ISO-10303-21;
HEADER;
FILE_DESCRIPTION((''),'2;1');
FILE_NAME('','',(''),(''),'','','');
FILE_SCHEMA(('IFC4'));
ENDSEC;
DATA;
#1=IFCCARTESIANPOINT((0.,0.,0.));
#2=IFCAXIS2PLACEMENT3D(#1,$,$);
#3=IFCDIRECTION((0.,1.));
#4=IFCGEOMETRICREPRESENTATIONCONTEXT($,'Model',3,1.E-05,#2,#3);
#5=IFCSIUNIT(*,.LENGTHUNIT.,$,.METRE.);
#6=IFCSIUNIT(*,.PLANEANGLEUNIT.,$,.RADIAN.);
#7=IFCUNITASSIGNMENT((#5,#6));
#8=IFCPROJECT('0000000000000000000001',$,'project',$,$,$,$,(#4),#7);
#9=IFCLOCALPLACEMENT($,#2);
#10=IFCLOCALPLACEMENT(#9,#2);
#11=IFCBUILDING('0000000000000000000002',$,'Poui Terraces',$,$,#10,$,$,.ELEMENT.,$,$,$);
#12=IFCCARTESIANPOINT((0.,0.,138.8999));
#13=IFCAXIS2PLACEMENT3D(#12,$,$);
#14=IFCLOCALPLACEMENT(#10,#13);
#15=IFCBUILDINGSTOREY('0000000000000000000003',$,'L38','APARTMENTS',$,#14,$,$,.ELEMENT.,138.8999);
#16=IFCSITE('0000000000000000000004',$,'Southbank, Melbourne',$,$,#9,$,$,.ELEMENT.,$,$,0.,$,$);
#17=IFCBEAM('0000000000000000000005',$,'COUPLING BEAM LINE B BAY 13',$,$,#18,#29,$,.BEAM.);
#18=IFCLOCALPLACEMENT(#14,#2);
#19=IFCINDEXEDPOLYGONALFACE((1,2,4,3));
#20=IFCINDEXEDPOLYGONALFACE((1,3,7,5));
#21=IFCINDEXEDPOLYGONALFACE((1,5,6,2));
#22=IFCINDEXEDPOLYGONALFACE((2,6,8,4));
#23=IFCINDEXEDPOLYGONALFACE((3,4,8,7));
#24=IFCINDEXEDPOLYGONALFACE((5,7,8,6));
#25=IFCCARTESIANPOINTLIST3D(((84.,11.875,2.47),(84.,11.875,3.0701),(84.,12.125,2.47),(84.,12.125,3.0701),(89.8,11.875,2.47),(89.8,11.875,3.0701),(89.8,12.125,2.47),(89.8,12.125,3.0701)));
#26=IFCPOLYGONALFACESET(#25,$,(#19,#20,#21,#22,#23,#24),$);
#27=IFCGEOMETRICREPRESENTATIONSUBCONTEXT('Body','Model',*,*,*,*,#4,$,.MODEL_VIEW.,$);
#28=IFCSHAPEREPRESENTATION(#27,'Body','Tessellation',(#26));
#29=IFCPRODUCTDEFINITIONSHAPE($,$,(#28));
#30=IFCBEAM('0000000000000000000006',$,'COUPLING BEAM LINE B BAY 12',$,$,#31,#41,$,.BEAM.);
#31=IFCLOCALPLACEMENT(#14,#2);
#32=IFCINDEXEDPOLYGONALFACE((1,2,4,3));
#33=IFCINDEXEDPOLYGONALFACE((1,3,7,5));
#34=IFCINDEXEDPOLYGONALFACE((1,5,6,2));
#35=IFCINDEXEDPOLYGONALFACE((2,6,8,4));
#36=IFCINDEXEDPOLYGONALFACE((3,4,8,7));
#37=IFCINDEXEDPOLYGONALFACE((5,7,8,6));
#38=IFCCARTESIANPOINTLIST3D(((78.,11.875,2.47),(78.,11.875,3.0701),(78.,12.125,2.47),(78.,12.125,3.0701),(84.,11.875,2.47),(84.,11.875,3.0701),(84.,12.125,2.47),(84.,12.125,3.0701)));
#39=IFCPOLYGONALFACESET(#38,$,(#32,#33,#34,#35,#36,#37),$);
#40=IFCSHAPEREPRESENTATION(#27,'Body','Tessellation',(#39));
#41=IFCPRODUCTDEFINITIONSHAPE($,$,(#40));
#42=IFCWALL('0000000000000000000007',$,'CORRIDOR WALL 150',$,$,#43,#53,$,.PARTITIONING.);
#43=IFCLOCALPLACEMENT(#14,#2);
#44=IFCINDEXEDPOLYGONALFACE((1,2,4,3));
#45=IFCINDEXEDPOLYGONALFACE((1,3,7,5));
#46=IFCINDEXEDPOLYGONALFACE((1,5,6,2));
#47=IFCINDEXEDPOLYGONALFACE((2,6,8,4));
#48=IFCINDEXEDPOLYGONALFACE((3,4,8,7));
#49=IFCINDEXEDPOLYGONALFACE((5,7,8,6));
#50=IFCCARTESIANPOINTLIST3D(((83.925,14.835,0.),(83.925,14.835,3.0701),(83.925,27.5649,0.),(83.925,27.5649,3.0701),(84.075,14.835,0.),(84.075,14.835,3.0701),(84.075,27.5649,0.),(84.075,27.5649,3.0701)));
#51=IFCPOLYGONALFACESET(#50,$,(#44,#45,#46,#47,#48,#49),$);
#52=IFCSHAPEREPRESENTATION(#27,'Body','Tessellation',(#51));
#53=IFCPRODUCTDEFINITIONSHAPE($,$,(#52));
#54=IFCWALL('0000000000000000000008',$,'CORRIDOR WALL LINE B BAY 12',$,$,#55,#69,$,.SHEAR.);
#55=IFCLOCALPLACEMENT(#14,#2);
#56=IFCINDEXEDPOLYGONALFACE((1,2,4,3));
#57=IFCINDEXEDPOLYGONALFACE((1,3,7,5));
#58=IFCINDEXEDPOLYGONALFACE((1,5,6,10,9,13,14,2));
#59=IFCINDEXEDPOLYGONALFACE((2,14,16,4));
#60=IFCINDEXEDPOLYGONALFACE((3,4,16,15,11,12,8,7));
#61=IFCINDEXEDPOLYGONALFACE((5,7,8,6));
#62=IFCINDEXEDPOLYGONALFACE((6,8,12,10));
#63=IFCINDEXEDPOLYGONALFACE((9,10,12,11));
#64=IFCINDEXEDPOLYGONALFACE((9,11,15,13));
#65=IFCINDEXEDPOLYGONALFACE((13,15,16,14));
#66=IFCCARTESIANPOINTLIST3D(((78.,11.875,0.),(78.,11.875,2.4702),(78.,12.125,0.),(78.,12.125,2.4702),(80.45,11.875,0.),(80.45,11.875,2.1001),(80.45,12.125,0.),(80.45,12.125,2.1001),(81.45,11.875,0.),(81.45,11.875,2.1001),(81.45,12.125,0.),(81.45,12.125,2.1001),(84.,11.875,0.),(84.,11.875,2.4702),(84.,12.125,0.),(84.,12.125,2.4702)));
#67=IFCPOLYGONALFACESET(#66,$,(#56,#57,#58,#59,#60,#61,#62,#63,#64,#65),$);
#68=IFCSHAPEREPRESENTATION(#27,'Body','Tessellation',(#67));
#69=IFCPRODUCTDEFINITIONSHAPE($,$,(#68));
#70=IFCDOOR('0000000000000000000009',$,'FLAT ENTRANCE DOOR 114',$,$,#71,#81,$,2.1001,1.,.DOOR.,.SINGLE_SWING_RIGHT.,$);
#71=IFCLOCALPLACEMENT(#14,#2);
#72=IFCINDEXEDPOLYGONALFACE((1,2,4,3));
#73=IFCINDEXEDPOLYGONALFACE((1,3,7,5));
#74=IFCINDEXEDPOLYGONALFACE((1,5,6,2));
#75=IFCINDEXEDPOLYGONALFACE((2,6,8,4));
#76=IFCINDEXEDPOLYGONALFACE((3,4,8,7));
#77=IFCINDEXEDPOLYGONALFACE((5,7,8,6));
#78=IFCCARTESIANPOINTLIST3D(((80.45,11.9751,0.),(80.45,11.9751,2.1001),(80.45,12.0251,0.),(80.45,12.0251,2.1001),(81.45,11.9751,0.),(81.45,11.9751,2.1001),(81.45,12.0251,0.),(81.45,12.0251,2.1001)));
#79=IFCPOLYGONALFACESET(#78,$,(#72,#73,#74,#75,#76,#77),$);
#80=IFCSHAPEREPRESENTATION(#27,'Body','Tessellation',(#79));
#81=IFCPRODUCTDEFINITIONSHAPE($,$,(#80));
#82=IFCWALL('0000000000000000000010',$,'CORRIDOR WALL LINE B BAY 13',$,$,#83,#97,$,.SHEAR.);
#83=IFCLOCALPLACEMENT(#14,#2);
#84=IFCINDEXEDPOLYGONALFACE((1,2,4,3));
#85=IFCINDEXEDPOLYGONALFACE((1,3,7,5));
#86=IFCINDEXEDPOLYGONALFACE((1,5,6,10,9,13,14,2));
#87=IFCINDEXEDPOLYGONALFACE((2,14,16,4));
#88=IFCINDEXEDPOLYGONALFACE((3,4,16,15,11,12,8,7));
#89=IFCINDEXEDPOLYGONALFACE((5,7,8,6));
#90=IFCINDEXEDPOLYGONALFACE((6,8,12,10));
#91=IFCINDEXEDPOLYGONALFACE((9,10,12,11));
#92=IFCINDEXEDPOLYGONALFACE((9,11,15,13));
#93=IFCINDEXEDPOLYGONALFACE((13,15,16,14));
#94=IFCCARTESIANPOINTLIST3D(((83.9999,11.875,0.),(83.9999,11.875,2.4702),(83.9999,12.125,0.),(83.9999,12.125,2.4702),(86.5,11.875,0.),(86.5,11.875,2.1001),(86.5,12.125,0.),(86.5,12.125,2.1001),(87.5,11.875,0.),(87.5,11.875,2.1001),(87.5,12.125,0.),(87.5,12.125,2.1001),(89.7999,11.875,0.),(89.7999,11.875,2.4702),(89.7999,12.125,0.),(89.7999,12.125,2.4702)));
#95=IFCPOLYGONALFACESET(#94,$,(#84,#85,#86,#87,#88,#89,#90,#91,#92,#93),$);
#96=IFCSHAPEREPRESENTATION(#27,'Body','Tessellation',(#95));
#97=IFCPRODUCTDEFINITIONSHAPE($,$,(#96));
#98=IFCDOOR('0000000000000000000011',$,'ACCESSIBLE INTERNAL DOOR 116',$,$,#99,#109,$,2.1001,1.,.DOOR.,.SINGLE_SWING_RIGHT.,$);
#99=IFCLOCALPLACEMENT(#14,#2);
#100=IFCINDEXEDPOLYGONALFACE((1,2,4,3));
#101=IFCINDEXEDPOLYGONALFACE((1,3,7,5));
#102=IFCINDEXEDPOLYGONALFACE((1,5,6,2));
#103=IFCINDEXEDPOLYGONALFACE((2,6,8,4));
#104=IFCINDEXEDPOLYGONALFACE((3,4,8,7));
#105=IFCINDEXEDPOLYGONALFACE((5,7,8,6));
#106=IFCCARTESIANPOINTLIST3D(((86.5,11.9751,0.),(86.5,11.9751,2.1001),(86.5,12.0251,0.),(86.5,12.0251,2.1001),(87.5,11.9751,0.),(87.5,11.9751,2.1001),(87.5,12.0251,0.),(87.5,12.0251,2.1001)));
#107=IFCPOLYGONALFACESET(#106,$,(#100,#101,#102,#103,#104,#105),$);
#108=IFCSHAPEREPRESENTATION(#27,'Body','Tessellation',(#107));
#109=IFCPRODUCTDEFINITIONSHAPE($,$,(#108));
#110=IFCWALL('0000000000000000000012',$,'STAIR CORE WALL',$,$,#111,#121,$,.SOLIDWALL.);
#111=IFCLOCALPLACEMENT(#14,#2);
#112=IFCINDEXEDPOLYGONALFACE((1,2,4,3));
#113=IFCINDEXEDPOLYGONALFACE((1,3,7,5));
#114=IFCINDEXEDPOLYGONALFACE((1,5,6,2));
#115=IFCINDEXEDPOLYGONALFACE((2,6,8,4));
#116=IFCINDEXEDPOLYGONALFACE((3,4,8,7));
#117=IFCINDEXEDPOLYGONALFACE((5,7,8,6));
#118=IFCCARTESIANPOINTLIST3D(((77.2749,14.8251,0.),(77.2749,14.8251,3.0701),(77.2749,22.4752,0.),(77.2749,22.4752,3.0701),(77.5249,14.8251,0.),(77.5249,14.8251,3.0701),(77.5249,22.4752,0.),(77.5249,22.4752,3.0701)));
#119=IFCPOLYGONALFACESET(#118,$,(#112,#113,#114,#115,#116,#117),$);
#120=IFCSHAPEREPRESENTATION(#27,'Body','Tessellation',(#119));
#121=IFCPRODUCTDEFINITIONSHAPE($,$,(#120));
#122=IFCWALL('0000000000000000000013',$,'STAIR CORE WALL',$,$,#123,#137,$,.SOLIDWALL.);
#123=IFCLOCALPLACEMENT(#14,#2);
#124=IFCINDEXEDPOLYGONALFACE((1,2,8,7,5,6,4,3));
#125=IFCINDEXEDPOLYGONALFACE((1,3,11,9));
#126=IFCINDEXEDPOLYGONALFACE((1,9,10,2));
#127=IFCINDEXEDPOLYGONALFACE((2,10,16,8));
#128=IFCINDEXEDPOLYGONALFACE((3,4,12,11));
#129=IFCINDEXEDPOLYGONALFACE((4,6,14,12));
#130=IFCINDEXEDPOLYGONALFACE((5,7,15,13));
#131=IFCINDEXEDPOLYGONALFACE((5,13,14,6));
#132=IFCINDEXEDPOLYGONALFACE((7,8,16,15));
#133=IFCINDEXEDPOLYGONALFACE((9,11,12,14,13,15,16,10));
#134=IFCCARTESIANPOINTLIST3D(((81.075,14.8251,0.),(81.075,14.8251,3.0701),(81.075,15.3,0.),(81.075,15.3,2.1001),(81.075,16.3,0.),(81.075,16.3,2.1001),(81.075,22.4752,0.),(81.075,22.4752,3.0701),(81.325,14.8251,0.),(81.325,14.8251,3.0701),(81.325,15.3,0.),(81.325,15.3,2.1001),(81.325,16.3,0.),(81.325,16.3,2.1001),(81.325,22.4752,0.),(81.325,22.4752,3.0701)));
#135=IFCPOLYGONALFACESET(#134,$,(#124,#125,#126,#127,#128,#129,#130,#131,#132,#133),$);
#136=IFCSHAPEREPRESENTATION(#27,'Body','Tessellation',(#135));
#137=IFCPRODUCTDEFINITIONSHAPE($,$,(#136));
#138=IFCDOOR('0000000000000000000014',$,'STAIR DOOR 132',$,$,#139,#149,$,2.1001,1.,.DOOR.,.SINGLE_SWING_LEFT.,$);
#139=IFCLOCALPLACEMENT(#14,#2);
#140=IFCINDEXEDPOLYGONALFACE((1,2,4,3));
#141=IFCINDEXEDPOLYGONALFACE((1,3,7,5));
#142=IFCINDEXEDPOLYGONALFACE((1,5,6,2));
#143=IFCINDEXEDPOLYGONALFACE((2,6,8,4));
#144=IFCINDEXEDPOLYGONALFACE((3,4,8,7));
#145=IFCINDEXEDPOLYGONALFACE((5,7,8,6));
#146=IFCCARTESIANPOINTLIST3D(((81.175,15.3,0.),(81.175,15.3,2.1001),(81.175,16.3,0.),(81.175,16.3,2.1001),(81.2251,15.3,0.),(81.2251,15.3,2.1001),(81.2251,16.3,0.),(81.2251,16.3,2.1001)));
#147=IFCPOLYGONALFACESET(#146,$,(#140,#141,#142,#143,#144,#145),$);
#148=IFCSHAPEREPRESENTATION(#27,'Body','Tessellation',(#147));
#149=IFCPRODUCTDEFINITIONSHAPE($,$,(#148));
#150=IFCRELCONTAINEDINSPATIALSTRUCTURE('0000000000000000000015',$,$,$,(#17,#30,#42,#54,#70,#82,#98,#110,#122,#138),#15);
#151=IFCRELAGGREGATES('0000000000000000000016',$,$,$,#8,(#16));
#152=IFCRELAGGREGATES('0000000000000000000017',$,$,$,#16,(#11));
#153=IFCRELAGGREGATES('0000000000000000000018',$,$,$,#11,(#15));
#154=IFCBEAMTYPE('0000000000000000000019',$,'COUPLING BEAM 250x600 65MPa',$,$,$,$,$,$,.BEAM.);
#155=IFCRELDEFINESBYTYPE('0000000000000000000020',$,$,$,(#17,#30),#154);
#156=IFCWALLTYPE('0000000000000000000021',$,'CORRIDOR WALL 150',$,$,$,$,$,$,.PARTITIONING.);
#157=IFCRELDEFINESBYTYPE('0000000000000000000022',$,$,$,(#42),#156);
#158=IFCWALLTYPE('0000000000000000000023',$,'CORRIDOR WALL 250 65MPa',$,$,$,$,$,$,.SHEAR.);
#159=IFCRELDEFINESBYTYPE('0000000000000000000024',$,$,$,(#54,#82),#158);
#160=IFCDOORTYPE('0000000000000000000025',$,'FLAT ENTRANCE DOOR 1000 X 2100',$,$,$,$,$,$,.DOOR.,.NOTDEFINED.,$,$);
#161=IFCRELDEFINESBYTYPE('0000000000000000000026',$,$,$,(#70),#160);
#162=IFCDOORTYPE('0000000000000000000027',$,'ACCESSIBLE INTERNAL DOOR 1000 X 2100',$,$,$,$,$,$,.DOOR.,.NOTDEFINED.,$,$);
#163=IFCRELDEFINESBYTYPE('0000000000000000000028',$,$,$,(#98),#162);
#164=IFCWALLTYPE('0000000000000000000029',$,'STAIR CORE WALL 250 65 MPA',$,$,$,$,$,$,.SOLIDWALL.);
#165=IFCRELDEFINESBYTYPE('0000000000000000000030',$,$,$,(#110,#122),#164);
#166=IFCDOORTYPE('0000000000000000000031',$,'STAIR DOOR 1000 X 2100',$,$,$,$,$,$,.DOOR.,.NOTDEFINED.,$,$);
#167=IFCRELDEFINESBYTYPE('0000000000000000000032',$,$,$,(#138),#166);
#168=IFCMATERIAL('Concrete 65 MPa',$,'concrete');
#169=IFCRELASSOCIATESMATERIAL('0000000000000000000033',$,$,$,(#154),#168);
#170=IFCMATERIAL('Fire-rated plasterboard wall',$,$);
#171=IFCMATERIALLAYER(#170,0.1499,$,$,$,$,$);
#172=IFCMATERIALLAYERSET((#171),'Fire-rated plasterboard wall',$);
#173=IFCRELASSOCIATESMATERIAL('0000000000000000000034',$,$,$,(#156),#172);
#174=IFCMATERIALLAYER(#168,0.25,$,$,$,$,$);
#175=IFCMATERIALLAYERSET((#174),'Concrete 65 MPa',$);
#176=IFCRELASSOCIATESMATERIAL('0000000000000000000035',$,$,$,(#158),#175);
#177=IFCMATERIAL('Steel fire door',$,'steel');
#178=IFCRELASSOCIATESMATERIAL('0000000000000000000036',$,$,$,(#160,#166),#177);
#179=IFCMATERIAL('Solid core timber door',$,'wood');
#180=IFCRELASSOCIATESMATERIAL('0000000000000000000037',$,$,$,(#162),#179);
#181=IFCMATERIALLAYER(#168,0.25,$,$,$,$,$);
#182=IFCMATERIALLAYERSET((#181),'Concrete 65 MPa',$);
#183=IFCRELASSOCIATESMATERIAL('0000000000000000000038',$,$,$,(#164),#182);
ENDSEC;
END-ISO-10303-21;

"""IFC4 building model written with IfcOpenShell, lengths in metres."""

from ifc_helpers import new_model, si_unit, direction, frame, frame_2d, origin, origin_2d, place, context, subcontext, project, spatial, rectangle, extrude, source, transform, mapped, material, layer, layer_set, material_profile, profile_set, type_object, element, fill, save


model = new_model("IFC4")

# Units and contexts
model_context = context("Model", 3, precision=1e-05, world=origin(), true_north=direction((0.0, 1.0)))
body_context = subcontext(model_context, "Body", "Model", "MODEL_VIEW")
ifc_project = project(units=[si_unit("LENGTHUNIT", "METRE"), si_unit("PLANEANGLEUNIT", "RADIAN")], contexts=[model_context])

# Site, building, storey
site_placement = place(None, origin())
site = spatial("IfcSite", under=ifc_project, at=site_placement, Name="Southbank, Melbourne", CompositionType="ELEMENT", RefElevation=0.0)
building_placement = place(site_placement, origin())
building = spatial("IfcBuilding", under=site, at=building_placement, Name="Poui Terraces", CompositionType="ELEMENT")
storey_placement = place(building_placement, frame((0.0, 0.0, 138.8999)))
storey = spatial("IfcBuildingStorey", under=building, at=storey_placement, Name="L38", Description="APARTMENTS", CompositionType="ELEMENT", Elevation=138.8999)

# Beams
ifc_material_1 = material(Name="Concrete 65 MPa", Category="concrete")
ifc_material_profile = material_profile(ifc_material_1, rectangle(XDim=0.25, YDim=0.6001, at=origin_2d()), Name="RC 250x600")
ifc_profile_set = profile_set([ifc_material_profile], Name="Concrete 65 MPa")
beam_type = type_object("IfcBeamType", Name="COUPLING BEAM 250x600 65MPa", PredefinedType="BEAM", material=ifc_profile_set)
shared_shape_1 = source(origin(), body_context, "Body", "SweptSolid", [
    extrude(rectangle(XDim=0.25, YDim=0.6001, at=origin_2d()), origin(), (0.0, 0.0, 1.0), 5.8),
])
beam_1_placement = place(storey_placement, frame((84.0, 12.0, 2.77), z_axis=(1.0, 0.0, 0.0), x_axis=(0.0, 1.0, 0.0)))
element("IfcBeam", 1, at=beam_1_placement, inside=storey, type_object=beam_type, Name="COUPLING BEAM LINE B BAY 13", PredefinedType="BEAM", context=body_context, shape_type="MappedRepresentation", body=[
    mapped(shared_shape_1, transform((0.0, 0.0, 0.0))),
])
shared_shape_2 = source(origin(), body_context, "Body", "SweptSolid", [
    extrude(rectangle(XDim=0.25, YDim=0.6001, at=origin_2d()), origin(), (0.0, 0.0, 1.0), 6.0),
])
beam_2_placement = place(storey_placement, frame((78.0, 12.0, 2.77), z_axis=(1.0, 0.0, 0.0), x_axis=(0.0, 1.0, 0.0)))
element("IfcBeam", 2, at=beam_2_placement, inside=storey, type_object=beam_type, Name="COUPLING BEAM LINE B BAY 12", PredefinedType="BEAM", context=body_context, shape_type="MappedRepresentation", body=[
    mapped(shared_shape_2, transform((0.0, 0.0, 0.0))),
])

# Wall
ifc_material_2 = material(Name="Fire-rated plasterboard wall")
ifc_layer_1 = layer(ifc_material_2, 0.1499)
ifc_layer_set_1 = layer_set([ifc_layer_1], Name="Fire-rated plasterboard wall")
wall_type_1 = type_object("IfcWallType", Name="CORRIDOR WALL 150", PredefinedType="PARTITIONING", material=ifc_layer_set_1)
wall_1_placement = place(storey_placement, frame((84.0, 14.835, 0.0), z_axis=(0.0, 0.0, 1.0), x_axis=(0.0, 1.0, 0.0)))
element("IfcWall", 3, at=wall_1_placement, inside=storey, type_object=wall_type_1, Name="CORRIDOR WALL 150", PredefinedType="PARTITIONING", context=body_context, shape_type="SweptSolid", body=[
    extrude(rectangle(XDim=12.73, YDim=0.1499, at=frame_2d((6.365, 0.0))), origin(), (0.0, 0.0, 1.0), 3.0701),
])

# Walls, openings, doors
ifc_layer_2 = layer(ifc_material_1, 0.25)
ifc_layer_set_2 = layer_set([ifc_layer_2], Name="Concrete 65 MPa")
wall_type_2 = type_object("IfcWallType", Name="CORRIDOR WALL 250 65MPa", PredefinedType="SHEAR", material=ifc_layer_set_2)
wall_2_placement = place(storey_placement, frame((78.0, 12.0, 0.0), z_axis=(0.0, 0.0, 1.0), x_axis=(1.0, 0.0, 0.0)))
wall_2 = element("IfcWall", 4, at=wall_2_placement, inside=storey, type_object=wall_type_2, Name="CORRIDOR WALL LINE B BAY 12", PredefinedType="SHEAR", context=body_context, shape_type="SweptSolid", body=[
    extrude(rectangle(XDim=6.0, YDim=0.25, at=frame_2d((3.0, 0.0))), origin(), (0.0, 0.0, 1.0), 2.4702),
])
opening_1_placement = place(wall_2_placement, frame((2.45, 0.0, 0.0)))
opening_1 = element("IfcOpeningElement", 5, at=opening_1_placement, cuts=wall_2, PredefinedType="OPENING", context=body_context, shape_type="SweptSolid", body=[
    extrude(rectangle(XDim=1.0, YDim=2.1001, at=frame_2d((0.5, 1.05))), frame((0.0, 0.135, 0.0), z_axis=(0.0, -1.0, 0.0), x_axis=(1.0, 0.0, 0.0)), (0.0, 0.0, 1.0), 0.27),
])
ifc_material_3 = material(Name="Steel fire door", Category="steel")
door_type_1 = type_object("IfcDoorType", Name="FLAT ENTRANCE DOOR 1000 X 2100", OperationType="NOTDEFINED", PredefinedType="DOOR", material=ifc_material_3)
door_1_placement = place(opening_1_placement, frame((1.0, 0.0, 0.0), z_axis=(0.0, 0.0, 1.0), x_axis=(-1.0, 0.0, 0.0)))
door_1 = element("IfcDoor", 6, at=door_1_placement, inside=storey, type_object=door_type_1, Name="FLAT ENTRANCE DOOR 114", OperationType="SINGLE_SWING_RIGHT", OverallHeight=2.1001, OverallWidth=1.0, PredefinedType="DOOR", context=body_context, shape_type="SweptSolid", body=[
    extrude(rectangle(XDim=1.0, YDim=2.1001, at=frame_2d((0.5, 1.05))), frame((0.0, 0.0249, 0.0), z_axis=(0.0, -1.0, 0.0), x_axis=(1.0, 0.0, 0.0)), (0.0, 0.0, 1.0), 0.05),
])
fill(opening_1, door_1)
wall_3_placement = place(storey_placement, frame((84.0, 12.0, 0.0), z_axis=(0.0, 0.0, 1.0), x_axis=(1.0, 0.0, 0.0)))
wall_3 = element("IfcWall", 7, at=wall_3_placement, inside=storey, type_object=wall_type_2, Name="CORRIDOR WALL LINE B BAY 13", PredefinedType="SHEAR", context=body_context, shape_type="SweptSolid", body=[
    extrude(rectangle(XDim=5.8, YDim=0.25, at=frame_2d((2.8999, 0.0))), origin(), (0.0, 0.0, 1.0), 2.4702),
])
opening_2_placement = place(wall_3_placement, frame((2.5, 0.0, 0.0)))
opening_2 = element("IfcOpeningElement", 8, at=opening_2_placement, cuts=wall_3, PredefinedType="OPENING", context=body_context, shape_type="SweptSolid", body=[
    extrude(rectangle(XDim=1.0, YDim=2.1001, at=frame_2d((0.5, 1.05))), frame((0.0, 0.135, 0.0), z_axis=(0.0, -1.0, 0.0), x_axis=(1.0, 0.0, 0.0)), (0.0, 0.0, 1.0), 0.27),
])
ifc_material_4 = material(Name="Solid core timber door", Category="wood")
door_type_2 = type_object("IfcDoorType", Name="ACCESSIBLE INTERNAL DOOR 1000 X 2100", OperationType="NOTDEFINED", PredefinedType="DOOR", material=ifc_material_4)
door_2_placement = place(opening_2_placement, frame((1.0, 0.0, 0.0), z_axis=(0.0, 0.0, 1.0), x_axis=(-1.0, 0.0, 0.0)))
door_2 = element("IfcDoor", 9, at=door_2_placement, inside=storey, type_object=door_type_2, Name="ACCESSIBLE INTERNAL DOOR 116", OperationType="SINGLE_SWING_RIGHT", OverallHeight=2.1001, OverallWidth=1.0, PredefinedType="DOOR", context=body_context, shape_type="SweptSolid", body=[
    extrude(rectangle(XDim=1.0, YDim=2.1001, at=frame_2d((0.5, 1.05))), frame((0.0, 0.0249, 0.0), z_axis=(0.0, -1.0, 0.0), x_axis=(1.0, 0.0, 0.0)), (0.0, 0.0, 1.0), 0.05),
])
fill(opening_2, door_2)

# Wall
ifc_layer_3 = layer(ifc_material_1, 0.25)
ifc_layer_set_3 = layer_set([ifc_layer_3], Name="Concrete 65 MPa")
wall_type_3 = type_object("IfcWallType", Name="STAIR CORE WALL 250 65 MPA", PredefinedType="SOLIDWALL", material=ifc_layer_set_3)
wall_4_placement = place(storey_placement, frame((77.3999, 14.825, 0.0), z_axis=(0.0, 0.0, 1.0), x_axis=(0.0, 1.0, 0.0)))
element("IfcWall", 10, at=wall_4_placement, inside=storey, type_object=wall_type_3, Name="STAIR CORE WALL", PredefinedType="SOLIDWALL", context=body_context, shape_type="SweptSolid", body=[
    extrude(rectangle(XDim=7.6501, YDim=0.25, at=frame_2d((3.8252, 0.0))), origin(), (0.0, 0.0, 1.0), 3.0701),
])

# Wall, opening, door
wall_5_placement = place(storey_placement, frame((81.2, 14.825, 0.0), z_axis=(0.0, 0.0, 1.0), x_axis=(0.0, 1.0, 0.0)))
wall_5 = element("IfcWall", 11, at=wall_5_placement, inside=storey, type_object=wall_type_3, Name="STAIR CORE WALL", PredefinedType="SOLIDWALL", context=body_context, shape_type="SweptSolid", body=[
    extrude(rectangle(XDim=7.6501, YDim=0.25, at=frame_2d((3.8252, 0.0))), origin(), (0.0, 0.0, 1.0), 3.0701),
])
opening_3_placement = place(wall_5_placement, frame((0.4751, 0.0, 0.0)))
opening_3 = element("IfcOpeningElement", 12, at=opening_3_placement, cuts=wall_5, PredefinedType="OPENING", context=body_context, shape_type="SweptSolid", body=[
    extrude(rectangle(XDim=1.0, YDim=2.1001, at=frame_2d((0.5, 1.05))), frame((0.0, 0.135, 0.0), z_axis=(0.0, -1.0, 0.0), x_axis=(1.0, 0.0, 0.0)), (0.0, 0.0, 1.0), 0.27),
])
door_type_3 = type_object("IfcDoorType", Name="STAIR DOOR 1000 X 2100", OperationType="NOTDEFINED", PredefinedType="DOOR", material=ifc_material_3)
door_3_placement = place(opening_3_placement, origin())
door_3 = element("IfcDoor", 13, at=door_3_placement, inside=storey, type_object=door_type_3, Name="STAIR DOOR 132", OperationType="SINGLE_SWING_LEFT", OverallHeight=2.1001, OverallWidth=1.0, PredefinedType="DOOR", context=body_context, shape_type="SweptSolid", body=[
    extrude(rectangle(XDim=1.0, YDim=2.1001, at=frame_2d((0.5, 1.05))), frame((0.0, 0.0249, 0.0), z_axis=(0.0, -1.0, 0.0), x_axis=(1.0, 0.0, 0.0)), (0.0, 0.0, 1.0), 0.05),
])
fill(opening_3, door_3)

save(model, "model.ifc")
